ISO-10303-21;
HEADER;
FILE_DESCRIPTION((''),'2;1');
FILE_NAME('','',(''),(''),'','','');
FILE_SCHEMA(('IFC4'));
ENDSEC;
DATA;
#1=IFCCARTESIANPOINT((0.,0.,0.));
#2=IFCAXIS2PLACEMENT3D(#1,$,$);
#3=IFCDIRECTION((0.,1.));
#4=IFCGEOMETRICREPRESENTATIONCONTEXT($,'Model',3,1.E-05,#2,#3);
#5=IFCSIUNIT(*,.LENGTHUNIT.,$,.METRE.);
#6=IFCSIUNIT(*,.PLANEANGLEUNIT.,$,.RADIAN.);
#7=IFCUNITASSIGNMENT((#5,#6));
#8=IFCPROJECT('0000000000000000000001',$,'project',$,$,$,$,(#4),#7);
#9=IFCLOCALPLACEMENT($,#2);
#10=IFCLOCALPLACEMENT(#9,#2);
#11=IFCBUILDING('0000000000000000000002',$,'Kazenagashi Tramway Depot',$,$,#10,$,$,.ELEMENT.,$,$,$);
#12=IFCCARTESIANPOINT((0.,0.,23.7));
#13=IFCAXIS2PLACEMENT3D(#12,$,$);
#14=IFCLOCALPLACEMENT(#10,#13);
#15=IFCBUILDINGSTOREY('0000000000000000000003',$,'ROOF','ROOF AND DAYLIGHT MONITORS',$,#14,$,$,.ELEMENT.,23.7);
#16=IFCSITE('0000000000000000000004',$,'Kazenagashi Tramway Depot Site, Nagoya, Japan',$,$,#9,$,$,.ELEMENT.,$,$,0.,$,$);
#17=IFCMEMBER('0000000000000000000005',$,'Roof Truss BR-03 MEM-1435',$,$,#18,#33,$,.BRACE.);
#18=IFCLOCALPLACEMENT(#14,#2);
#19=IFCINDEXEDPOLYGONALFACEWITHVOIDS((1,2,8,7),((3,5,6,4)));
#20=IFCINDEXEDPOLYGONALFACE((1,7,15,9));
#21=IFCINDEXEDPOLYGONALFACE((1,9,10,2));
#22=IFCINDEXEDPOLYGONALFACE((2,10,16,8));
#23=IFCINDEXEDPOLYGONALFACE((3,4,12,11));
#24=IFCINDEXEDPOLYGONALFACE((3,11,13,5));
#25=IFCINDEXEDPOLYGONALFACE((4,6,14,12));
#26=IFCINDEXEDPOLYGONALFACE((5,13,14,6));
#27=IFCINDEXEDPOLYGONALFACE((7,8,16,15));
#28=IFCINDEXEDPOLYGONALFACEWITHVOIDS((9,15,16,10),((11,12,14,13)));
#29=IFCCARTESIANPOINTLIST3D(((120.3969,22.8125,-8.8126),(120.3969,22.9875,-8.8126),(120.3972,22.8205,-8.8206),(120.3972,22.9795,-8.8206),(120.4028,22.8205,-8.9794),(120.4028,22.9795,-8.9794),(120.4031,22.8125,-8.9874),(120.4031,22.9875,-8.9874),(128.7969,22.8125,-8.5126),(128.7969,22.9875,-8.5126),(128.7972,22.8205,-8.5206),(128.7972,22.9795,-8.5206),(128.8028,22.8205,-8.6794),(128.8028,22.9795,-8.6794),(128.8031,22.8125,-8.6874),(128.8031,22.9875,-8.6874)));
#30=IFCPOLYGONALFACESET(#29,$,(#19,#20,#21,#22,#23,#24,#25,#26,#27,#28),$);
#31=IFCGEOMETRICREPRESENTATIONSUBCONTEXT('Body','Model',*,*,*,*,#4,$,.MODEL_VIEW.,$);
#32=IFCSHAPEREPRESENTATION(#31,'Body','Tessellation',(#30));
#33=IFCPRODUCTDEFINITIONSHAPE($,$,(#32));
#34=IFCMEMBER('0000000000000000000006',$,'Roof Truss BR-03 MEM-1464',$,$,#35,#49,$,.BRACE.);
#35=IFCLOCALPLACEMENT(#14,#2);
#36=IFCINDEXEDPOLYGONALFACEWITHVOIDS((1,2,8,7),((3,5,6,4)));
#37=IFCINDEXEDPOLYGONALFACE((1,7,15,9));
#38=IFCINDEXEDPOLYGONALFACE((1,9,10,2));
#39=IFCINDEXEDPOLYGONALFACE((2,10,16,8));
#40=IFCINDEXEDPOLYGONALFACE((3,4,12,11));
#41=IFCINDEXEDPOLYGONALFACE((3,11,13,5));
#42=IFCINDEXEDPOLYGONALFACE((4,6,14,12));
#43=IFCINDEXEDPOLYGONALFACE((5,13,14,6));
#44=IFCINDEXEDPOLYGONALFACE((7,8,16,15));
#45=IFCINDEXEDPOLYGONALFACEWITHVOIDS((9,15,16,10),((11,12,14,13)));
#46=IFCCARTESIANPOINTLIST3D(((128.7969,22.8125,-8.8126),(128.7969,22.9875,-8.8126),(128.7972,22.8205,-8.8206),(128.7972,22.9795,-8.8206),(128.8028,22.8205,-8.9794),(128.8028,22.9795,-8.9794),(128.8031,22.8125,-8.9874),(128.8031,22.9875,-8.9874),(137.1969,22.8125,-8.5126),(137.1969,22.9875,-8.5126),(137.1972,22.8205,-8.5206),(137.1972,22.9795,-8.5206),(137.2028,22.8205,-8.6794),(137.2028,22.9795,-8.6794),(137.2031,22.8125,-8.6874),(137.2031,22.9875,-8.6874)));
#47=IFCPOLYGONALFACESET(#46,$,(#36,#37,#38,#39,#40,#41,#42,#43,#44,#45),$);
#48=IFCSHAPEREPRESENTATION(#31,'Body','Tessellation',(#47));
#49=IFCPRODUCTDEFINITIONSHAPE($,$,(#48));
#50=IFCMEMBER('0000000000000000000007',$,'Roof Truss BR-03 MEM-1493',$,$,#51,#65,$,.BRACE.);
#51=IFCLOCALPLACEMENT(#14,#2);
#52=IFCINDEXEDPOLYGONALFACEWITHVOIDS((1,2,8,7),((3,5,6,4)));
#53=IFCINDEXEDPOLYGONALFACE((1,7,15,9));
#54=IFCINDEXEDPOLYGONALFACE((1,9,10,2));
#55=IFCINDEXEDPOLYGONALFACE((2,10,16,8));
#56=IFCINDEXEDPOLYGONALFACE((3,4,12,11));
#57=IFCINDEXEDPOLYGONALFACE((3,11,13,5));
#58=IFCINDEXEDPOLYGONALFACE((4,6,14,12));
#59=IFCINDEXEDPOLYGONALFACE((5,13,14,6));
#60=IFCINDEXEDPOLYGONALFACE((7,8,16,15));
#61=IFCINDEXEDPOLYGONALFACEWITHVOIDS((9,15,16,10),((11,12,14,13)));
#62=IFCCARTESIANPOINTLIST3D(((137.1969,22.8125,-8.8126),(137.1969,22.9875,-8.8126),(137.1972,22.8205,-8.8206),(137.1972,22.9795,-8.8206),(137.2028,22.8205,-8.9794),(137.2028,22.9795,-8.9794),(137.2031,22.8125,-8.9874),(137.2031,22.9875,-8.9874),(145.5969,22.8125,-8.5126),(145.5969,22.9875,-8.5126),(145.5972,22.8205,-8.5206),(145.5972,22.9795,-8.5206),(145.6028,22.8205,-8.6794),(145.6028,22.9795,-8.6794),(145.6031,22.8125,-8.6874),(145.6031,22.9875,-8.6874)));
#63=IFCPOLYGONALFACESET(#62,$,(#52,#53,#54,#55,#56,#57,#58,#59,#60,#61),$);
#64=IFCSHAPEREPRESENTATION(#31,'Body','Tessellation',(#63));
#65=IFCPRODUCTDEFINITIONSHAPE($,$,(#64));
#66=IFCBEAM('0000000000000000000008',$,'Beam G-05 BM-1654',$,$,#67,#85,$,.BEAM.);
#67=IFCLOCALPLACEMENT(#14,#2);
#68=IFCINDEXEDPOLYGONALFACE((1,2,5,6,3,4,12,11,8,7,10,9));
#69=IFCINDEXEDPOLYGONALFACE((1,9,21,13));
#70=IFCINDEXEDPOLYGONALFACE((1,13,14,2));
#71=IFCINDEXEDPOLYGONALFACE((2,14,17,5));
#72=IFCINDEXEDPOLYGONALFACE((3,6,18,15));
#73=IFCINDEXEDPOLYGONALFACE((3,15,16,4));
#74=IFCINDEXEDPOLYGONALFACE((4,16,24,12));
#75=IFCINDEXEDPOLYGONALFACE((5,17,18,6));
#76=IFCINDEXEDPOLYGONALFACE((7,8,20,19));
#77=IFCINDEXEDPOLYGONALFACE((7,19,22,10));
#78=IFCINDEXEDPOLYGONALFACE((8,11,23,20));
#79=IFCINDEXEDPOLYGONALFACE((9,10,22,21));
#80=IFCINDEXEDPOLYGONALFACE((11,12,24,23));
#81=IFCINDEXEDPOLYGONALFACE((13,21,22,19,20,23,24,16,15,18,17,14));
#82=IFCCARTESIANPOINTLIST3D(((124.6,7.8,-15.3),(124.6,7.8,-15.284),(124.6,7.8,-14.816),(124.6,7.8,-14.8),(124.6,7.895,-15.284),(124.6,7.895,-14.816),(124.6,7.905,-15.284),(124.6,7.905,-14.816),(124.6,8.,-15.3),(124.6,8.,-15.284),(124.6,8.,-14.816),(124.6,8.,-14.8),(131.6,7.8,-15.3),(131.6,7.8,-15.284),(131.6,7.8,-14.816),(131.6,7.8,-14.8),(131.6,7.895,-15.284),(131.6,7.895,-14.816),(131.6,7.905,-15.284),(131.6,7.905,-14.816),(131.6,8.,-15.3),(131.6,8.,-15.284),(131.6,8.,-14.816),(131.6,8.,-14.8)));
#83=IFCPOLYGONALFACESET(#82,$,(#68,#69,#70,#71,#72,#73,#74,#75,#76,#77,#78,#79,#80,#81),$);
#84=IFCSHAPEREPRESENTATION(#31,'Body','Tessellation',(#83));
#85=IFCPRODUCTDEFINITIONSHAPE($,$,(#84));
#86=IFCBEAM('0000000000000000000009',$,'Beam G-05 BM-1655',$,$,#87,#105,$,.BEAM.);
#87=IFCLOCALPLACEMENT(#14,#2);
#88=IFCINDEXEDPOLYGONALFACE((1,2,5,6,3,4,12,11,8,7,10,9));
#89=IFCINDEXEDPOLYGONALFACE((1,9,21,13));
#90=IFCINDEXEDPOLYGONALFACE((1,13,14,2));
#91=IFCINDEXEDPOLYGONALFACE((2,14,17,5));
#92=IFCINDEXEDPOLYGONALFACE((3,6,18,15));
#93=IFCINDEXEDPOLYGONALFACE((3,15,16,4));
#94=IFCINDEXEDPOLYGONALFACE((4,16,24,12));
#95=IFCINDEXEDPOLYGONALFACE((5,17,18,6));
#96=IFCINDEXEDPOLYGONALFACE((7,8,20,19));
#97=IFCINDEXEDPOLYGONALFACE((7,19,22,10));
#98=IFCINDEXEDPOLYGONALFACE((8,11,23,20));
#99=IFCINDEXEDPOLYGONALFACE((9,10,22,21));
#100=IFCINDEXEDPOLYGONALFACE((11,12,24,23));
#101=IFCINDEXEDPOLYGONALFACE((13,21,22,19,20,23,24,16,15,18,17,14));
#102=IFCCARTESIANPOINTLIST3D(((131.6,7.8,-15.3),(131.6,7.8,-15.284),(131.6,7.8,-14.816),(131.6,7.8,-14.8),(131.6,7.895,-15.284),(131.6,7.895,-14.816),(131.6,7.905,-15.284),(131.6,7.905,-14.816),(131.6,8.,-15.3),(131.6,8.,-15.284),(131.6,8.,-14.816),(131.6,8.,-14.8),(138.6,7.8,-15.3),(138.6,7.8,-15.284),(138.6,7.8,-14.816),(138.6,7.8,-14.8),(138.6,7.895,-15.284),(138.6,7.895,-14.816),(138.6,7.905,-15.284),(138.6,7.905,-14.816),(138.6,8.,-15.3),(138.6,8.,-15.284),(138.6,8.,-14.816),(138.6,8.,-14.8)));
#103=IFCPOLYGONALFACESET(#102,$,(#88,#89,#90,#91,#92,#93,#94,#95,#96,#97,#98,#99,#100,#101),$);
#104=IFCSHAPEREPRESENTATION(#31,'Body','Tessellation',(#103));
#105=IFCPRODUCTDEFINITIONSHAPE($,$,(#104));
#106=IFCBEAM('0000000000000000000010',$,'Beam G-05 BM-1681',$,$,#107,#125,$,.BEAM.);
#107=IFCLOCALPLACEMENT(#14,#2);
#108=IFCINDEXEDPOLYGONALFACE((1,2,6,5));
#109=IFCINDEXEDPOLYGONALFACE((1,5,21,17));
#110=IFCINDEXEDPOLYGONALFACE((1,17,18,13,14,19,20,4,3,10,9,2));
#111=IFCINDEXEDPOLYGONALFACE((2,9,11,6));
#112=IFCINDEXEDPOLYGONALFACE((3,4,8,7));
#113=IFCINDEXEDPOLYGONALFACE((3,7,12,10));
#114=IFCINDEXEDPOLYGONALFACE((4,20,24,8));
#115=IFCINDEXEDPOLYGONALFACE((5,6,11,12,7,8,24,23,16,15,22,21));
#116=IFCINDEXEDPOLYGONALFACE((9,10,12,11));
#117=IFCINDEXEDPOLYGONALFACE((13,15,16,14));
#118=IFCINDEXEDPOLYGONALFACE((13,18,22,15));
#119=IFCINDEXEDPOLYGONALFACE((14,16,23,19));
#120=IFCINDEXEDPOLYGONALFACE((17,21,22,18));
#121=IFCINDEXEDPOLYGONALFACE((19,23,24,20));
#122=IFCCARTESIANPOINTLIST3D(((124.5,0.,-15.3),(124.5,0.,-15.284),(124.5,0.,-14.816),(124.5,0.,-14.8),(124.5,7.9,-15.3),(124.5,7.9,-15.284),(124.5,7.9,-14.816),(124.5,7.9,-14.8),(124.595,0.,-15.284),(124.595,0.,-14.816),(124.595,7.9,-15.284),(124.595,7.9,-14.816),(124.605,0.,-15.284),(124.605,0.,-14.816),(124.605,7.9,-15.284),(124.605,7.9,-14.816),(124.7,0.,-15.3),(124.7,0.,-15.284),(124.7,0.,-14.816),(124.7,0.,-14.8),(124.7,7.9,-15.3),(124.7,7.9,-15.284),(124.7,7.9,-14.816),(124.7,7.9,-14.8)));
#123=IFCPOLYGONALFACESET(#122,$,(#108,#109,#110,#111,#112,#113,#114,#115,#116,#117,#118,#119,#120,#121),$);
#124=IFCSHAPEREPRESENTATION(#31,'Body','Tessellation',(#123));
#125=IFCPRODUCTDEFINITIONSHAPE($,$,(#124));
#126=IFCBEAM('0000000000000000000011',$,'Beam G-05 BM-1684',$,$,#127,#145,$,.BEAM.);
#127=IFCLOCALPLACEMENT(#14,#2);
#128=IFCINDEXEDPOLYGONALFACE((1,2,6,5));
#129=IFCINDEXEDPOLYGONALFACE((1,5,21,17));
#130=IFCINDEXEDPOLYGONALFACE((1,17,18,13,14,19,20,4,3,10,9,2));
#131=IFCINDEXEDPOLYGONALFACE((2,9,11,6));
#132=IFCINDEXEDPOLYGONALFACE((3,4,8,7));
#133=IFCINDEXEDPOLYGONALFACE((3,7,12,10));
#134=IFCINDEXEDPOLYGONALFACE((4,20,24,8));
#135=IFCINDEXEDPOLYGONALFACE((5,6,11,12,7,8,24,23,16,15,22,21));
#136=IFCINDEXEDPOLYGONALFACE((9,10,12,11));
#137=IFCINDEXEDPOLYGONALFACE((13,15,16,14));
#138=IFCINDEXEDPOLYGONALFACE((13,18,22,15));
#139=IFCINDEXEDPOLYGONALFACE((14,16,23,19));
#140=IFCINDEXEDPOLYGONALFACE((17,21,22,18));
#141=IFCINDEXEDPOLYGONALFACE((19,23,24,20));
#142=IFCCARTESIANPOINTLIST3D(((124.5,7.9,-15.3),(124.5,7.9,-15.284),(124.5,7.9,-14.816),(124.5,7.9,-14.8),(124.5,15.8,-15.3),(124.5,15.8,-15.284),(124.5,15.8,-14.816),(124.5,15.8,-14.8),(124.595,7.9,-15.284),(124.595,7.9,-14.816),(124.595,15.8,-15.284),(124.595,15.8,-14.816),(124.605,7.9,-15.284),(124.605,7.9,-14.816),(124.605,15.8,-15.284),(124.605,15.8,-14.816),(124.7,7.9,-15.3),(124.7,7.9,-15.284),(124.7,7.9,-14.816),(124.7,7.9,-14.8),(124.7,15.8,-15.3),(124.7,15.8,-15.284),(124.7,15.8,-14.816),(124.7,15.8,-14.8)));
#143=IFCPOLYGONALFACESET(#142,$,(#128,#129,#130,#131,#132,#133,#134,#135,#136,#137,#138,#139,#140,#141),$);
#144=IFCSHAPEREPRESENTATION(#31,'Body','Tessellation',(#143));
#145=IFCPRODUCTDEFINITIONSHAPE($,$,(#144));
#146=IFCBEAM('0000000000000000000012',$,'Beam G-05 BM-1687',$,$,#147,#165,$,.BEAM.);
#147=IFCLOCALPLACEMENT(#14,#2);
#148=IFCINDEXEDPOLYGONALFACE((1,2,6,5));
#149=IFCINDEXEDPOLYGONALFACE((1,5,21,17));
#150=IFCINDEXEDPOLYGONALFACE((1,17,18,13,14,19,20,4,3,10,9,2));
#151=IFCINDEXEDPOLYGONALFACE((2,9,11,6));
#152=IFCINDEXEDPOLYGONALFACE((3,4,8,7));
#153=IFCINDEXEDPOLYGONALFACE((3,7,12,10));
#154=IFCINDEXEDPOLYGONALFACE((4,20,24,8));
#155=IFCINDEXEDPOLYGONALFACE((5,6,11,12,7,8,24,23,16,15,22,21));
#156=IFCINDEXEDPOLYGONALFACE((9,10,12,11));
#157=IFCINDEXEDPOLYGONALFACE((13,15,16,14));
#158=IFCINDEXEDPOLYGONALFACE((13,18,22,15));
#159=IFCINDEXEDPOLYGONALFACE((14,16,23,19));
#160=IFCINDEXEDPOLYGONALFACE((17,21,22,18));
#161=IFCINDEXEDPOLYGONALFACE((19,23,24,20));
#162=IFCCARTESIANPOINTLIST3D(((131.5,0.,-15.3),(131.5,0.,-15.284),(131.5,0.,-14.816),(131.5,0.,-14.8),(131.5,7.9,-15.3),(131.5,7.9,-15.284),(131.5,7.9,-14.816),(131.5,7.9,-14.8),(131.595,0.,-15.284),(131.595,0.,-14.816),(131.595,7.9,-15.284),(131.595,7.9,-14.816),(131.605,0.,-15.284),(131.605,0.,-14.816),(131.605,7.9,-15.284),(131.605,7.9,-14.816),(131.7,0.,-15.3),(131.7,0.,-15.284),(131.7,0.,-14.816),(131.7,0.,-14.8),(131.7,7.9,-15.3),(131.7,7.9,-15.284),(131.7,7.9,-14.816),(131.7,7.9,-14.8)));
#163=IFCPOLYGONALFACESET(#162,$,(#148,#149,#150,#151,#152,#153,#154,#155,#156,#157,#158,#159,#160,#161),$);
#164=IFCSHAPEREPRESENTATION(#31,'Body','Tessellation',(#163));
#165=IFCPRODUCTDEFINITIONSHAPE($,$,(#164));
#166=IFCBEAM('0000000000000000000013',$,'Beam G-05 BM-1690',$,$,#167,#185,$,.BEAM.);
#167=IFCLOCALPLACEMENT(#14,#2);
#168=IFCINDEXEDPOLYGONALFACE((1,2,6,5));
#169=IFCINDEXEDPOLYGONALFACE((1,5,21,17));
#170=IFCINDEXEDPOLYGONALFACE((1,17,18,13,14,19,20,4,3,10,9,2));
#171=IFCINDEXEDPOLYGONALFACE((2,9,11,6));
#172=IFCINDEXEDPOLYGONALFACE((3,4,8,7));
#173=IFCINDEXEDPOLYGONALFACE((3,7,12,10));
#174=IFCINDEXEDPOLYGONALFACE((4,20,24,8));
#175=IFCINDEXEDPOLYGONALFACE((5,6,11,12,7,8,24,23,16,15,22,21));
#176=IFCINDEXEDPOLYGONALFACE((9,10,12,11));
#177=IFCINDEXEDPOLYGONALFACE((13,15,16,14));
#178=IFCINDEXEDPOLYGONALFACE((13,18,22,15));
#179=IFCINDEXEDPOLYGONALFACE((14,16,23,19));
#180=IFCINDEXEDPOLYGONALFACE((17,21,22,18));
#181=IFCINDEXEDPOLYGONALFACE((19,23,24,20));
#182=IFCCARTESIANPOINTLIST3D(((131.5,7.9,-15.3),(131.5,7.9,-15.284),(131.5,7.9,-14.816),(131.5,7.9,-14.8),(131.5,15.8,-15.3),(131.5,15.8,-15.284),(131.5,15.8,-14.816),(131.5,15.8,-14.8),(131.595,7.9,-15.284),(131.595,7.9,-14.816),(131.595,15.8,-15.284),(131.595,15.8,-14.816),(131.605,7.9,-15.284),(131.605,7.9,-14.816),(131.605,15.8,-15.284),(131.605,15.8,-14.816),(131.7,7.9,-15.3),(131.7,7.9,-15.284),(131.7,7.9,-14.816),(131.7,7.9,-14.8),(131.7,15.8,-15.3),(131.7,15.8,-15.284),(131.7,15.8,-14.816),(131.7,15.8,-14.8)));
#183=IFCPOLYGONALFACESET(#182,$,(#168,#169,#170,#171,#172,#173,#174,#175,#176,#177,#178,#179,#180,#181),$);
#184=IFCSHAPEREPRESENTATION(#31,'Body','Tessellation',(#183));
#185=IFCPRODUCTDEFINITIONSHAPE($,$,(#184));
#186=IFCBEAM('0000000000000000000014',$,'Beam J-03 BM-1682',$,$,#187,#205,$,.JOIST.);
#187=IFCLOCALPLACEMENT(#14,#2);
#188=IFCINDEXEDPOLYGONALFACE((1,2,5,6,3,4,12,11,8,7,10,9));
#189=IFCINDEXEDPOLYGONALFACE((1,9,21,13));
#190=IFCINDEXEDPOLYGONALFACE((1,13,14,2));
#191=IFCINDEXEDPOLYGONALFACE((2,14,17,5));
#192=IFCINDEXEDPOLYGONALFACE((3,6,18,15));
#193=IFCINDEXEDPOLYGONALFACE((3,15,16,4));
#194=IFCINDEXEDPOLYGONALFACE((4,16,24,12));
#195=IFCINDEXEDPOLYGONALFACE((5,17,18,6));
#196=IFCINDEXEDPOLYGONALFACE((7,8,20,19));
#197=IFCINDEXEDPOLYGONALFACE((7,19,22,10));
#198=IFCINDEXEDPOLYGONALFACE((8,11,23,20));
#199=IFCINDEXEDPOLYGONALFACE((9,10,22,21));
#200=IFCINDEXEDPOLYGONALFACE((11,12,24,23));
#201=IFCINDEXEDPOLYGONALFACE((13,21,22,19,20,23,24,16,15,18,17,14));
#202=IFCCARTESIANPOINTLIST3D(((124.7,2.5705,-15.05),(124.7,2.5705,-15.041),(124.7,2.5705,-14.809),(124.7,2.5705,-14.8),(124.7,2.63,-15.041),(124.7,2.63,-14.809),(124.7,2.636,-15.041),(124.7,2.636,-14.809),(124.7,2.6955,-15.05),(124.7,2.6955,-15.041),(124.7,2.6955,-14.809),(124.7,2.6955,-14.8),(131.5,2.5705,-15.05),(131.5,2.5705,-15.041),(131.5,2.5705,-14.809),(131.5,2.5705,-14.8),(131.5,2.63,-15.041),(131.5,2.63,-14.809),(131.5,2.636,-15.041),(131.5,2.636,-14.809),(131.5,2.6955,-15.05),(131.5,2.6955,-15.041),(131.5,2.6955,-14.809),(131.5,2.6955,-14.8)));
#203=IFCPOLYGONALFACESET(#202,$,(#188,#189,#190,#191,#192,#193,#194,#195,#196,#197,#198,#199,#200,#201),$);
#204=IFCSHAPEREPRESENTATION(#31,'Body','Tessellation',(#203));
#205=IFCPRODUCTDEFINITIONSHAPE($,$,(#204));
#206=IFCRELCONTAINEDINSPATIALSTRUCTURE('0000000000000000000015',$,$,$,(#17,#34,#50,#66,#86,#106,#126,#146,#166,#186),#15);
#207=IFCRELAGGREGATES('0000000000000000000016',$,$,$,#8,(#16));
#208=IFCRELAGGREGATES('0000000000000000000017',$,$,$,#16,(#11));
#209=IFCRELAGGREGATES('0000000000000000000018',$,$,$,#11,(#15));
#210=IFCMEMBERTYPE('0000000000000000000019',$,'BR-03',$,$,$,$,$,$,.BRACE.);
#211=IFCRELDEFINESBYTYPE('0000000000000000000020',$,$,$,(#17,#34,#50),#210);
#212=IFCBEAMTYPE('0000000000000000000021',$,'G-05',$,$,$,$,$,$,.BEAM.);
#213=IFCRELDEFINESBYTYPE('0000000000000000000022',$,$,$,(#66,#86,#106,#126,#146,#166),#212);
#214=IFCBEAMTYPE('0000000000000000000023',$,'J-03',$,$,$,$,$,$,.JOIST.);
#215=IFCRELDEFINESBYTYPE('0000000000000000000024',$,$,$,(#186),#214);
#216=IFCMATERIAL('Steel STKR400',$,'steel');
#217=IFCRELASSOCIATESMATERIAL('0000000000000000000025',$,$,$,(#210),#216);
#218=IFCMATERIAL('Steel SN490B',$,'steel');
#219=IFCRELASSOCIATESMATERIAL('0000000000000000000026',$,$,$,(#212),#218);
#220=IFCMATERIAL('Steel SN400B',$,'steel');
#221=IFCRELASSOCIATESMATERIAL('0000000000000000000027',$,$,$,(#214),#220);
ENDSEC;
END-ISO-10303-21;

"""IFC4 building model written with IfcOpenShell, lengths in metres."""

from ifc_helpers import new_model, si_unit, direction, frame, origin, origin_2d, place, context, subcontext, project, spatial, hollow_rectangle, i_section, extrude, material, material_profile, profile_set, type_object, element, save


model = new_model("IFC4")

# Units and contexts
model_context = context("Model", 3, precision=1e-05, world=origin(), true_north=direction((0.0, 1.0)))
body_context = subcontext(model_context, "Body", "Model", "MODEL_VIEW")
ifc_project = project(units=[si_unit("LENGTHUNIT", "METRE"), si_unit("PLANEANGLEUNIT", "RADIAN")], contexts=[model_context])

# Site, building, storey
site_placement = place(None, origin())
site = spatial("IfcSite", under=ifc_project, at=site_placement, Name="Kazenagashi Tramway Depot Site, Nagoya, Japan", CompositionType="ELEMENT", RefElevation=0.0)
building_placement = place(site_placement, origin())
building = spatial("IfcBuilding", under=site, at=building_placement, Name="Kazenagashi Tramway Depot", CompositionType="ELEMENT")
storey_placement = place(building_placement, frame((0.0, 0.0, 23.7)))
storey = spatial("IfcBuildingStorey", under=building, at=storey_placement, Name="ROOF", Description="ROOF AND DAYLIGHT MONITORS", CompositionType="ELEMENT", Elevation=23.7)

# Members
ifc_material_1 = material(Name="Steel STKR400", Category="steel")
ifc_material_profile_1 = material_profile(ifc_material_1, hollow_rectangle(XDim=0.175, YDim=0.175, WallThickness=0.008, at=origin_2d()), Name="SHS-175x175x8")
ifc_profile_set_1 = profile_set([ifc_material_profile_1], Name="Steel STKR400")
member_type_1 = type_object("IfcMemberType", Name="BR-03", PredefinedType="BRACE", material=ifc_profile_set_1)
for number, where, z_axis, x_axis, name in (
    (1, (120.4, 22.9, -8.9), (0.999363, 0.0, 0.035692), (0.0, 1.0, 0.0), "Roof Truss BR-03 MEM-1435"),
    (2, (128.8, 22.9, -8.9), (0.999363, 0.0, 0.035692), (0.0, 1.0, 0.0), "Roof Truss BR-03 MEM-1464"),
    (3, (137.2, 22.9, -8.9), (0.999363, 0.0, 0.035692), (0.0, 1.0, 0.0), "Roof Truss BR-03 MEM-1493"),
):
    element("IfcMember", number, at=place(storey_placement, frame(where, z_axis=z_axis, x_axis=x_axis)), inside=storey, type_object=member_type_1, Name=name, PredefinedType="BRACE", context=body_context, shape_type="SweptSolid", body=[
        extrude(hollow_rectangle(XDim=0.175, YDim=0.175, WallThickness=0.008, at=origin_2d()), origin(), (0.0, 0.0, 1.0), 8.4054),
    ])

# Beams
ifc_material_2 = material(Name="Steel SN490B", Category="steel")
ifc_material_profile_2 = material_profile(ifc_material_2, i_section(OverallWidth=0.2, OverallDepth=0.5, WebThickness=0.01, FlangeThickness=0.016, at=origin_2d()), Name="H-500x200x10x16")
ifc_profile_set_2 = profile_set([ifc_material_profile_2], Name="Steel SN490B")
beam_type_1 = type_object("IfcBeamType", Name="G-05", PredefinedType="BEAM", material=ifc_profile_set_2)
for number, where, z_axis, x_axis, name in (
    (4, (124.6, 7.9, -15.05), (1.0, 0.0, 0.0), (0.0, 1.0, 0.0), "Beam G-05 BM-1654"),
    (5, (131.6, 7.9, -15.05), (1.0, 0.0, 0.0), (0.0, 1.0, 0.0), "Beam G-05 BM-1655"),
):
    element("IfcBeam", number, at=place(storey_placement, frame(where, z_axis=z_axis, x_axis=x_axis)), inside=storey, type_object=beam_type_1, Name=name, PredefinedType="BEAM", context=body_context, shape_type="SweptSolid", body=[
        extrude(i_section(OverallWidth=0.2, OverallDepth=0.5, WebThickness=0.01, FlangeThickness=0.016, at=origin_2d()), origin(), (0.0, 0.0, 1.0), 7.0),
    ])
for number, where, z_axis, x_axis, name in (
    (6, (124.6, 0.0, -15.05), (0.0, 1.0, 0.0), (-1.0, 0.0, 0.0), "Beam G-05 BM-1681"),
    (7, (124.6, 7.9, -15.05), (0.0, 1.0, 0.0), (-1.0, 0.0, 0.0), "Beam G-05 BM-1684"),
    (8, (131.6, 0.0, -15.05), (0.0, 1.0, 0.0), (-1.0, 0.0, 0.0), "Beam G-05 BM-1687"),
    (9, (131.6, 7.9, -15.05), (0.0, 1.0, 0.0), (-1.0, 0.0, 0.0), "Beam G-05 BM-1690"),
):
    element("IfcBeam", number, at=place(storey_placement, frame(where, z_axis=z_axis, x_axis=x_axis)), inside=storey, type_object=beam_type_1, Name=name, PredefinedType="BEAM", context=body_context, shape_type="SweptSolid", body=[
        extrude(i_section(OverallWidth=0.2, OverallDepth=0.5, WebThickness=0.01, FlangeThickness=0.016, at=origin_2d()), origin(), (0.0, 0.0, 1.0), 7.9),
    ])
ifc_material_3 = material(Name="Steel SN400B", Category="steel")
ifc_material_profile_3 = material_profile(ifc_material_3, i_section(OverallWidth=0.125, OverallDepth=0.25, WebThickness=0.006, FlangeThickness=0.009, at=origin_2d()), Name="H-250x125x6x9")
ifc_profile_set_3 = profile_set([ifc_material_profile_3], Name="Steel SN400B")
beam_type_2 = type_object("IfcBeamType", Name="J-03", PredefinedType="JOIST", material=ifc_profile_set_3)
for number, where, z_axis, x_axis, name in (
    (10, (124.7, 2.633, -14.925), (1.0, 0.0, 0.0), (0.0, 1.0, 0.0), "Beam J-03 BM-1682"),
):
    element("IfcBeam", number, at=place(storey_placement, frame(where, z_axis=z_axis, x_axis=x_axis)), inside=storey, type_object=beam_type_2, Name=name, PredefinedType="JOIST", context=body_context, shape_type="SweptSolid", body=[
        extrude(i_section(OverallWidth=0.125, OverallDepth=0.25, WebThickness=0.006, FlangeThickness=0.009, at=origin_2d()), origin(), (0.0, 0.0, 1.0), 6.8),
    ])

save(model, "model.ifc")
